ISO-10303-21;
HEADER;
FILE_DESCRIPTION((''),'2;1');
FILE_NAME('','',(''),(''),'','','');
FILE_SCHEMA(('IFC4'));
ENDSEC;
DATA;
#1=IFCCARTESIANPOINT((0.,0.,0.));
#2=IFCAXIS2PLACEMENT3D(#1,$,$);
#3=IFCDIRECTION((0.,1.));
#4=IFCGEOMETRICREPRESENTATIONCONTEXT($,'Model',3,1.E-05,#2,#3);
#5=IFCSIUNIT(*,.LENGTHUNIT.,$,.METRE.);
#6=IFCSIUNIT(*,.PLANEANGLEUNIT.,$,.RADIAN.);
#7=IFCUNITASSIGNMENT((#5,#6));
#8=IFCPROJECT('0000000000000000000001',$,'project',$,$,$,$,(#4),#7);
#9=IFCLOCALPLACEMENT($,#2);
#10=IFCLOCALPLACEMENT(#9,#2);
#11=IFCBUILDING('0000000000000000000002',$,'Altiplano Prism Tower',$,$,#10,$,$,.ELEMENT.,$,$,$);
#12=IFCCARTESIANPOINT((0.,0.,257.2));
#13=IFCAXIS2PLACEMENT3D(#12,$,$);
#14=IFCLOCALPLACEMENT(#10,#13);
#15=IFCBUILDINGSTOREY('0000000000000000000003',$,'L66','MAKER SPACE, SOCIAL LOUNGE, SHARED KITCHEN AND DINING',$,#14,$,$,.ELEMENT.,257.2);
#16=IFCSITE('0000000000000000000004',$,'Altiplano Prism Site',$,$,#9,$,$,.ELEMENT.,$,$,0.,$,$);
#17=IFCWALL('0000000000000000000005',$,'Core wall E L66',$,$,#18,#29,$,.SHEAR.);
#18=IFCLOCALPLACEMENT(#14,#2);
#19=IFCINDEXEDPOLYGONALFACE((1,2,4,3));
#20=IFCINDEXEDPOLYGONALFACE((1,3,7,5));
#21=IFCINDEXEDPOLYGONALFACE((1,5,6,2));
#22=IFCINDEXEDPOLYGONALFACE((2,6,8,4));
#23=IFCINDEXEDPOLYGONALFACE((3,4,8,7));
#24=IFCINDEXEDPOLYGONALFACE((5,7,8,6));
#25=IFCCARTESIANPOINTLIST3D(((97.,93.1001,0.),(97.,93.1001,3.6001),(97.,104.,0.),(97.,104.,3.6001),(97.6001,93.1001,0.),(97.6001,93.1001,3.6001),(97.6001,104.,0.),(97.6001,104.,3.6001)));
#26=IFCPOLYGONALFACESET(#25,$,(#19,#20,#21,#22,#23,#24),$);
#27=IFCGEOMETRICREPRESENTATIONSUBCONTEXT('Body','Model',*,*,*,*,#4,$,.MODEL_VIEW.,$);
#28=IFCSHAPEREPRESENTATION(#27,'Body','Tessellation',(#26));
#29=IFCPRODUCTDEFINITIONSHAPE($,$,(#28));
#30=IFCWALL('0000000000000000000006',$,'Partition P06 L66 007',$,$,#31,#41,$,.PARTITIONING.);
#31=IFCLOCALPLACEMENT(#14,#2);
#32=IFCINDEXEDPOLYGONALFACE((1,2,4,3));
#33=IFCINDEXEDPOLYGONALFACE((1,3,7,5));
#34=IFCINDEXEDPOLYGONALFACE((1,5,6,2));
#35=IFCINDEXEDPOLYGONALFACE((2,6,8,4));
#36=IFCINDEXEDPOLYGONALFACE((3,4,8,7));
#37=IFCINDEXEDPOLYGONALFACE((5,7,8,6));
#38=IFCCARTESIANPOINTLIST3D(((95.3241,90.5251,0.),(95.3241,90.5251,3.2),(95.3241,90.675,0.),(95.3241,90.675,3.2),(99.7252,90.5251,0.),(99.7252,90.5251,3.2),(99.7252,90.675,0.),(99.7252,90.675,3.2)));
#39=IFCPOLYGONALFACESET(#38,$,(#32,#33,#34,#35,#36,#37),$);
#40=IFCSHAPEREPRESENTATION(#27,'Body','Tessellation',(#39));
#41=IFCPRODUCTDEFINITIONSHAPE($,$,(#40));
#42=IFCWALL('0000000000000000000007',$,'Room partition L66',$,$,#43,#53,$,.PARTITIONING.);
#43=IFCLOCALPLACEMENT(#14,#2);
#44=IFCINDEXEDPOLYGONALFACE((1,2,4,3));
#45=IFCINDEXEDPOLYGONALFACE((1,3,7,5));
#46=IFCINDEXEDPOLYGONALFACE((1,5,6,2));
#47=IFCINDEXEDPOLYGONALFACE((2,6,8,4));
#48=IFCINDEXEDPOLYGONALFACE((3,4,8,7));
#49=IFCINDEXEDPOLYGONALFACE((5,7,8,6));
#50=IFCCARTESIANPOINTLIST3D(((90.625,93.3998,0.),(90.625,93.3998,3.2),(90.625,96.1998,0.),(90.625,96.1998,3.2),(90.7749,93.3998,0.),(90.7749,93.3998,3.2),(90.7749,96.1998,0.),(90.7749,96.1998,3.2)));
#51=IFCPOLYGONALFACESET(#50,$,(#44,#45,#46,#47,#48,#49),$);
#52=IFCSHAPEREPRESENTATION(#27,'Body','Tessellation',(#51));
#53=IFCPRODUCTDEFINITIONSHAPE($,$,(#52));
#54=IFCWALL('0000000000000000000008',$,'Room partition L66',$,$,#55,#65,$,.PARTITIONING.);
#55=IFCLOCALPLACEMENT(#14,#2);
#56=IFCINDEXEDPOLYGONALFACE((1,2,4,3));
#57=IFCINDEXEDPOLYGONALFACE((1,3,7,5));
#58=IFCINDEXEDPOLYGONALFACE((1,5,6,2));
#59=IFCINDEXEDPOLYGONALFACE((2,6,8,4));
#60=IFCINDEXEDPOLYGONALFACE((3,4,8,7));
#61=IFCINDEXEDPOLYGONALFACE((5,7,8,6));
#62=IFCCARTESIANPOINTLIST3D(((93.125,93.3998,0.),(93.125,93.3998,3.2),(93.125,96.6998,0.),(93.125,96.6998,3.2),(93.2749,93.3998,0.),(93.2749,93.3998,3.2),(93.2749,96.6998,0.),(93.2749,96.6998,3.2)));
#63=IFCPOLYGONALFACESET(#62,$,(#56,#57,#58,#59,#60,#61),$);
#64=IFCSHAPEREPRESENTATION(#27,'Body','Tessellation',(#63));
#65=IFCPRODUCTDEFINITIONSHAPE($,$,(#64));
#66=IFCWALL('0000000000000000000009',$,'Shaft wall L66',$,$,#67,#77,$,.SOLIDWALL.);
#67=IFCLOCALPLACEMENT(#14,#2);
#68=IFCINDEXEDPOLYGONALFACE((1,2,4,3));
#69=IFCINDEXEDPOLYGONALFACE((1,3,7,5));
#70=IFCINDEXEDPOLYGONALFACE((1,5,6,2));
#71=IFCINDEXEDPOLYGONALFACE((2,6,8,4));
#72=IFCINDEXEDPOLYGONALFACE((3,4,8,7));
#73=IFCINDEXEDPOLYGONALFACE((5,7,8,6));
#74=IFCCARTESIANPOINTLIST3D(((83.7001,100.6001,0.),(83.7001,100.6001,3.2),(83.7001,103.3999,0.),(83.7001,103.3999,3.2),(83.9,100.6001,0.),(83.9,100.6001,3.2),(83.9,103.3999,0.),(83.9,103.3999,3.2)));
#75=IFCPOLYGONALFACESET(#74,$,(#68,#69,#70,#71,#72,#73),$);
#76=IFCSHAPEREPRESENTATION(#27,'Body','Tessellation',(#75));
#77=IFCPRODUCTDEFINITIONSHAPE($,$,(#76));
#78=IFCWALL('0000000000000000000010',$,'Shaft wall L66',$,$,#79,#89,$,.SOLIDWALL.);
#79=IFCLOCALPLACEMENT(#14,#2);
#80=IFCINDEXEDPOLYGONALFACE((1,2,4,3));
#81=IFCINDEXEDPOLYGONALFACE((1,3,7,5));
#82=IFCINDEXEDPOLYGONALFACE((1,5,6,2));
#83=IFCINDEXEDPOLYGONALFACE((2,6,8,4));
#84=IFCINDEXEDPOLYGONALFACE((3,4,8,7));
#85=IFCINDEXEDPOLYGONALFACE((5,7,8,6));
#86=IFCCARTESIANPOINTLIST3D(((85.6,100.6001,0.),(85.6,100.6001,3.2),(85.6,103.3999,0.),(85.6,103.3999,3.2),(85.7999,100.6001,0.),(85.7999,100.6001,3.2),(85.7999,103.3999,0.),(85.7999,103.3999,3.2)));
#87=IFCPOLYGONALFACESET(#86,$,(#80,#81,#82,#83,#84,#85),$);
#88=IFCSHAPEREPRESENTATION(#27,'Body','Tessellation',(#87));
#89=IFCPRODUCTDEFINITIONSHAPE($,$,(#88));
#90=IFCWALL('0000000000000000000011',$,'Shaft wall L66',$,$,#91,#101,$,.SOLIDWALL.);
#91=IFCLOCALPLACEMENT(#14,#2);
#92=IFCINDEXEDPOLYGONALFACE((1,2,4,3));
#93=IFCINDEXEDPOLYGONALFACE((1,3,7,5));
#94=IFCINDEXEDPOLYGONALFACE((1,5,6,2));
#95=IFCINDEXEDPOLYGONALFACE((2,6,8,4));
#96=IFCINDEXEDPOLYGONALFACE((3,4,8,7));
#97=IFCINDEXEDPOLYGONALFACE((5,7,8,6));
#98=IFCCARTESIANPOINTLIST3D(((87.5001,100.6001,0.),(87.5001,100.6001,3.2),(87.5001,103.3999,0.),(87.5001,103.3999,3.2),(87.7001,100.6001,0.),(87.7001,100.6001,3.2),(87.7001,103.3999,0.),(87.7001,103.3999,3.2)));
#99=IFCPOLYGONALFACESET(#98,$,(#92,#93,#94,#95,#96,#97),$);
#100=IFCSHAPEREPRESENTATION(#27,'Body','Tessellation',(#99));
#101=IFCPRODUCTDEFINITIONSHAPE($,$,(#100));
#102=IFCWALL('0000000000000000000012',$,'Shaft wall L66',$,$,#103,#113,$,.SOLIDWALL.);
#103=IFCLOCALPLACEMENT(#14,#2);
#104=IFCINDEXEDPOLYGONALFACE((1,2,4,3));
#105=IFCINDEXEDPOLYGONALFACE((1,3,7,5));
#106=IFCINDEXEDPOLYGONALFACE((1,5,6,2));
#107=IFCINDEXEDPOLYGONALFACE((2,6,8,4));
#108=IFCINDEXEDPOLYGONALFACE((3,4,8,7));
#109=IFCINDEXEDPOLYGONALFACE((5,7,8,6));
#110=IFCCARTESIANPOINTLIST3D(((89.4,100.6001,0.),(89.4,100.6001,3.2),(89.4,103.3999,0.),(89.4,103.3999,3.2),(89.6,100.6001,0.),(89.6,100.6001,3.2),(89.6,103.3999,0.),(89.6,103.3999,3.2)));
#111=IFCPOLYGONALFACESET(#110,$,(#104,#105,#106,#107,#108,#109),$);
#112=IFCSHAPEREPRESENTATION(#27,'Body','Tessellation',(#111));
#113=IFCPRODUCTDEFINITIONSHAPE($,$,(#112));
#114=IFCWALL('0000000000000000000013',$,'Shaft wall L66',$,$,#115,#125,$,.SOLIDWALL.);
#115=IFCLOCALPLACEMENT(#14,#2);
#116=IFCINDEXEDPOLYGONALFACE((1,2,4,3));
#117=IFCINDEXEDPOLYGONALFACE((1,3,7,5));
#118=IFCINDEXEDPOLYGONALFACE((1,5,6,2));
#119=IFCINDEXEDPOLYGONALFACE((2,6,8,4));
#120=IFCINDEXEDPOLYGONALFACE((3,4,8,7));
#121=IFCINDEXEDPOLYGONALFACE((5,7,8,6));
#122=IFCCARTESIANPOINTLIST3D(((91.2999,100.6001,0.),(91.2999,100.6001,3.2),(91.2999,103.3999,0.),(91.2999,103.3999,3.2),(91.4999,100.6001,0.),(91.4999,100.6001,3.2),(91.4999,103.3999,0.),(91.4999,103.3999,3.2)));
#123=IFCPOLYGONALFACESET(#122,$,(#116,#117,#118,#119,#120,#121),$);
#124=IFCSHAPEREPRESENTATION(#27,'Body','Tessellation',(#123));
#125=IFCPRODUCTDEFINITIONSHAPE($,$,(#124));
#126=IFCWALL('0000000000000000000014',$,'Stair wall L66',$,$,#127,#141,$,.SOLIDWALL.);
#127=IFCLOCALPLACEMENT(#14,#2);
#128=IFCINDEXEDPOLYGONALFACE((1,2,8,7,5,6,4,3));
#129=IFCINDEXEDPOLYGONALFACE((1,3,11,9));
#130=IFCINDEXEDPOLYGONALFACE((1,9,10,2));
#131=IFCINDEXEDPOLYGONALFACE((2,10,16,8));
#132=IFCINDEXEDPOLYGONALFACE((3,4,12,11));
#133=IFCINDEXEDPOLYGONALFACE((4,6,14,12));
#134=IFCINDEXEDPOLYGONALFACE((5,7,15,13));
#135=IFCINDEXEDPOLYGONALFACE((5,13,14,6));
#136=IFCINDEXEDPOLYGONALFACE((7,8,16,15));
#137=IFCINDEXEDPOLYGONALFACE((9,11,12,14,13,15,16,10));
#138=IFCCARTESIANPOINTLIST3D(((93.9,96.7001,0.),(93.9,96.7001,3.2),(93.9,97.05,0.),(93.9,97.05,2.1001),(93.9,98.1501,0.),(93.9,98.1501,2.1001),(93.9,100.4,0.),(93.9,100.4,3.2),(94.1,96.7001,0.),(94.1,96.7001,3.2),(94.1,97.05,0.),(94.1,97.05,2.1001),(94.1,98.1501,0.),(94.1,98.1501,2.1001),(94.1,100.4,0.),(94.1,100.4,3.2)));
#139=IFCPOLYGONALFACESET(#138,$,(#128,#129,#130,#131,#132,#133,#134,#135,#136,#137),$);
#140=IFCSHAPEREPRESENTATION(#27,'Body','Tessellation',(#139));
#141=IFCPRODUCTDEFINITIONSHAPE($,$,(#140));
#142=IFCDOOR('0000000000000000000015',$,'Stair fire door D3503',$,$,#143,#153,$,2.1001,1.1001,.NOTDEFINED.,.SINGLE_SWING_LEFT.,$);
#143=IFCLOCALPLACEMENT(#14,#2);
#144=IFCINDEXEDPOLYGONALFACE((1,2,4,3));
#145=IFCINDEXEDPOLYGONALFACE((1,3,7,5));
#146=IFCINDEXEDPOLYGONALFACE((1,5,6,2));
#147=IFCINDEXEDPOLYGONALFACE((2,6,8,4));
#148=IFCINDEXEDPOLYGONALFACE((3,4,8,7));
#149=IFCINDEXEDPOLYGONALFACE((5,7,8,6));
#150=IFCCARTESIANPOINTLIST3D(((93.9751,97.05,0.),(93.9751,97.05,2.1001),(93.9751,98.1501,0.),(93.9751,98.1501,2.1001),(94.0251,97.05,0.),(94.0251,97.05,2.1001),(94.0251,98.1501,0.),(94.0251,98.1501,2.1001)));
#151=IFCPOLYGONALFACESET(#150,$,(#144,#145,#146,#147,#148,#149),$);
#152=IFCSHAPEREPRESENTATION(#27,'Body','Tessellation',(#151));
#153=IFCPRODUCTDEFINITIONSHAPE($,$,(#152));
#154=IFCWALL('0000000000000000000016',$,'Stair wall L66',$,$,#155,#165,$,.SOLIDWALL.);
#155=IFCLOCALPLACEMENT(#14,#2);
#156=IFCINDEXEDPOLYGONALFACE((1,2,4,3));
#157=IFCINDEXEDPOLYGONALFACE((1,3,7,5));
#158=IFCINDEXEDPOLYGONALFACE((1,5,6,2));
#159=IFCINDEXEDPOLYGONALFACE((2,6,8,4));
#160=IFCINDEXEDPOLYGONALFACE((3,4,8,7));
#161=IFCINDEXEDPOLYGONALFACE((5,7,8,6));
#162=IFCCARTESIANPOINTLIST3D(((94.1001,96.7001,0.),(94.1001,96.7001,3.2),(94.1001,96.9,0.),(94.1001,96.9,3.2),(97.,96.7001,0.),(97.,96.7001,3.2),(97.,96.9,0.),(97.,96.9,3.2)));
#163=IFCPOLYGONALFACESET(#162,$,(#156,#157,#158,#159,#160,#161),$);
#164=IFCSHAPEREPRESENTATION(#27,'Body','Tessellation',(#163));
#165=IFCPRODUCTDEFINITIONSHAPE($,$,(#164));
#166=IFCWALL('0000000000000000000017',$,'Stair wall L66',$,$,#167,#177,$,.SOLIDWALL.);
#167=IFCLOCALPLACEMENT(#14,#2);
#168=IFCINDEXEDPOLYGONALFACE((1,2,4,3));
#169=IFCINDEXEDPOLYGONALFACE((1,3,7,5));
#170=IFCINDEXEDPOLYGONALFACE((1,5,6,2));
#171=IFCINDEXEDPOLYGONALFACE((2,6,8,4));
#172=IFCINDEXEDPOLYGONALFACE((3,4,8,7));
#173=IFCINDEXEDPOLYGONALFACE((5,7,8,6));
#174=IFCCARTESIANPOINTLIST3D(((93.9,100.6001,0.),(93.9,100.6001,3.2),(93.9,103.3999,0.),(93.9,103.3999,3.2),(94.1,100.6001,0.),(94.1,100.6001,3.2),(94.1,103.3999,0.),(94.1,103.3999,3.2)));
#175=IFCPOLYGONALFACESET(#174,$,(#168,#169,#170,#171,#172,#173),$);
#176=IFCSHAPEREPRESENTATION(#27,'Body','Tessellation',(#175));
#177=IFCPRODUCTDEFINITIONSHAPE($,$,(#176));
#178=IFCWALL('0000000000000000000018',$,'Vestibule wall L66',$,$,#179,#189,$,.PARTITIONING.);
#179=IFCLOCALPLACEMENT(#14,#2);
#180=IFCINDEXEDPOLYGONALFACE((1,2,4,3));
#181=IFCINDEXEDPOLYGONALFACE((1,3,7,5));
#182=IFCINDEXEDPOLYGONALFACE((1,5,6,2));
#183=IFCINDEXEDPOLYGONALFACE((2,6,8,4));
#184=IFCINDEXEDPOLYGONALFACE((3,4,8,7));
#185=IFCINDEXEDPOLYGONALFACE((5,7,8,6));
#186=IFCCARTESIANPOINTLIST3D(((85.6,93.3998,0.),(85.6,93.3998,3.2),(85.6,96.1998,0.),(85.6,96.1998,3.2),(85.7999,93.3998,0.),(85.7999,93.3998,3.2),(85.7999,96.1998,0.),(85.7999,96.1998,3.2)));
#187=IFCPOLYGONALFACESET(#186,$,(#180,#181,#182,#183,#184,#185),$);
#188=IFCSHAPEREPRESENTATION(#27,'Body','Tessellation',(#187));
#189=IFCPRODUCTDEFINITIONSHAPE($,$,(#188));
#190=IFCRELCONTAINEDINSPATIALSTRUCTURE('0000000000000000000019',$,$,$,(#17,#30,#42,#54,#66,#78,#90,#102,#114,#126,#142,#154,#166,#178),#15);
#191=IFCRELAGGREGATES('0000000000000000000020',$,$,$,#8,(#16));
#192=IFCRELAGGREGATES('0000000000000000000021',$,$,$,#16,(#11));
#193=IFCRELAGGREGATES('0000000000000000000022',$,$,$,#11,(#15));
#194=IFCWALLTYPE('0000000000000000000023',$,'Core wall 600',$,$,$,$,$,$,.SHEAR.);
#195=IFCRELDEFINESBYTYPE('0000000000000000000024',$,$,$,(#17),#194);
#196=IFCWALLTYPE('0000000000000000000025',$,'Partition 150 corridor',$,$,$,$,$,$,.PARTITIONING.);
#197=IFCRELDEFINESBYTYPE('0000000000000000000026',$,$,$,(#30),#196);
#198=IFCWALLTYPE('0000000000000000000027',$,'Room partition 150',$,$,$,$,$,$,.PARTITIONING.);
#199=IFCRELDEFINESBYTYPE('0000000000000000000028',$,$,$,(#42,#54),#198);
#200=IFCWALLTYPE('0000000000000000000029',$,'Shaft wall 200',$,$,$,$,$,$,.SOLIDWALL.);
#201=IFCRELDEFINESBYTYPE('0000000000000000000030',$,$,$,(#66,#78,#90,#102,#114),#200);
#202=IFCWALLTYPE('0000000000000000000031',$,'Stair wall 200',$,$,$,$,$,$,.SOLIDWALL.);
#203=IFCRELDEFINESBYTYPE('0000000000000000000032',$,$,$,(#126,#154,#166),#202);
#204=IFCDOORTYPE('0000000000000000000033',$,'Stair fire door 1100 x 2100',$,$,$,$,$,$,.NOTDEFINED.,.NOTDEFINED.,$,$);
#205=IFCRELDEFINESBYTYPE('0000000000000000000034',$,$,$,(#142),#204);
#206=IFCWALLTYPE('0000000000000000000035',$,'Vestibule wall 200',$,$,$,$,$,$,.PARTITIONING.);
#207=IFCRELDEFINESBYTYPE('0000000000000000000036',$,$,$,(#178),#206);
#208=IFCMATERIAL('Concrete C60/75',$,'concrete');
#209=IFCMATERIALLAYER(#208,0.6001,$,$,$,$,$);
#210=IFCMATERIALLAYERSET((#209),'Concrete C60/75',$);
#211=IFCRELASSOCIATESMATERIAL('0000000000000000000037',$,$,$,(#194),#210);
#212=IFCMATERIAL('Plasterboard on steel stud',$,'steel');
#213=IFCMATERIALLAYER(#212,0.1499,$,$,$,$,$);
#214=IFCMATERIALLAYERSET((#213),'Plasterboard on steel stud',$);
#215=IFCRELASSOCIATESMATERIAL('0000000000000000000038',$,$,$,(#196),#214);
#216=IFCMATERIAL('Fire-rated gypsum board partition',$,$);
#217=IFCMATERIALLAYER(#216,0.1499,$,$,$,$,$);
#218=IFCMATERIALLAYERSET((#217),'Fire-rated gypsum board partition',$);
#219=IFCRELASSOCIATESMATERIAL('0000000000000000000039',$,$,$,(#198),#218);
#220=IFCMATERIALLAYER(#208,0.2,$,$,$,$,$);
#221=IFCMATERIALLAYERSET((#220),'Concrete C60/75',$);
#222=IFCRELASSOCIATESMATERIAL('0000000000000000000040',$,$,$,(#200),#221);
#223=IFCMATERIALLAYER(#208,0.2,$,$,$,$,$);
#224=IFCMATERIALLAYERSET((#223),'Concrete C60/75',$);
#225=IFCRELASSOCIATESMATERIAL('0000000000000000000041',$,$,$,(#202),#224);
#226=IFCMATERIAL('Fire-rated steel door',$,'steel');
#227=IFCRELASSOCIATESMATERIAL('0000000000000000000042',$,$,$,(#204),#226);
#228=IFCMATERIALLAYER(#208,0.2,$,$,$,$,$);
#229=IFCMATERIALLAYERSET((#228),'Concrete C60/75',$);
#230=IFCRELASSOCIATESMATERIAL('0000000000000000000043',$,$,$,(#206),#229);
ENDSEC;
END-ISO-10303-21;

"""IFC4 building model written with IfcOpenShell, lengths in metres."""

from ifc_helpers import new_model, si_unit, direction, frame, frame_2d, origin, place, context, subcontext, project, spatial, rectangle, extrude, material, layer, layer_set, type_object, element, fill, save


model = new_model("IFC4")

# Units and contexts
model_context = context("Model", 3, precision=1e-05, world=origin(), true_north=direction((0.0, 1.0)))
body_context = subcontext(model_context, "Body", "Model", "MODEL_VIEW")
ifc_project = project(units=[si_unit("LENGTHUNIT", "METRE"), si_unit("PLANEANGLEUNIT", "RADIAN")], contexts=[model_context])

# Site, building, storey
site_placement = place(None, origin())
site = spatial("IfcSite", under=ifc_project, at=site_placement, Name="Altiplano Prism Site", CompositionType="ELEMENT", RefElevation=0.0)
building_placement = place(site_placement, origin())
building = spatial("IfcBuilding", under=site, at=building_placement, Name="Altiplano Prism Tower", CompositionType="ELEMENT")
storey_placement = place(building_placement, frame((0.0, 0.0, 257.2)))
storey = spatial("IfcBuildingStorey", under=building, at=storey_placement, Name="L66", Description="MAKER SPACE, SOCIAL LOUNGE, SHARED KITCHEN AND DINING", CompositionType="ELEMENT", Elevation=257.2)

# Walls
ifc_material_1 = material(Name="Concrete C60/75", Category="concrete")
ifc_layer_1 = layer(ifc_material_1, 0.6001)
ifc_layer_set_1 = layer_set([ifc_layer_1], Name="Concrete C60/75")
wall_type_1 = type_object("IfcWallType", Name="Core wall 600", PredefinedType="SHEAR", material=ifc_layer_set_1)
wall_1_placement = place(storey_placement, frame((97.3, 93.1001, 0.0), z_axis=(0.0, 0.0, 1.0), x_axis=(0.0, 1.0, 0.0)))
element("IfcWall", 1, at=wall_1_placement, inside=storey, type_object=wall_type_1, Name="Core wall E L66", PredefinedType="SHEAR", context=body_context, shape_type="SweptSolid", body=[
    extrude(rectangle(XDim=10.8999, YDim=0.6001, at=frame_2d((5.45, 0.0))), origin(), (0.0, 0.0, 1.0), 3.6001),
])
ifc_material_2 = material(Name="Plasterboard on steel stud", Category="steel")
ifc_layer_2 = layer(ifc_material_2, 0.1499)
ifc_layer_set_2 = layer_set([ifc_layer_2], Name="Plasterboard on steel stud")
wall_type_2 = type_object("IfcWallType", Name="Partition 150 corridor", PredefinedType="PARTITIONING", material=ifc_layer_set_2)
wall_2_placement = place(storey_placement, frame((95.324, 90.6001, 0.0), z_axis=(0.0, 0.0, 1.0), x_axis=(1.0, 0.0, 0.0)))
element("IfcWall", 2, at=wall_2_placement, inside=storey, type_object=wall_type_2, Name="Partition P06 L66 007", PredefinedType="PARTITIONING", context=body_context, shape_type="SweptSolid", body=[
    extrude(rectangle(XDim=4.4011, YDim=0.1499, at=frame_2d((2.2007, 0.0))), origin(), (0.0, 0.0, 1.0), 3.2),
])
ifc_material_3 = material(Name="Fire-rated gypsum board partition")
ifc_layer_3 = layer(ifc_material_3, 0.1499)
ifc_layer_set_3 = layer_set([ifc_layer_3], Name="Fire-rated gypsum board partition")
wall_type_3 = type_object("IfcWallType", Name="Room partition 150", PredefinedType="PARTITIONING", material=ifc_layer_set_3)
wall_3_placement = place(storey_placement, frame((90.7, 93.3999, 0.0), z_axis=(0.0, 0.0, 1.0), x_axis=(0.0, 1.0, 0.0)))
element("IfcWall", 3, at=wall_3_placement, inside=storey, type_object=wall_type_3, Name="Room partition L66", PredefinedType="PARTITIONING", context=body_context, shape_type="SweptSolid", body=[
    extrude(rectangle(XDim=2.8, YDim=0.1499, at=frame_2d((1.3999, 0.0))), origin(), (0.0, 0.0, 1.0), 3.2),
])
wall_4_placement = place(storey_placement, frame((93.2, 93.3999, 0.0), z_axis=(0.0, 0.0, 1.0), x_axis=(0.0, 1.0, 0.0)))
element("IfcWall", 4, at=wall_4_placement, inside=storey, type_object=wall_type_3, Name="Room partition L66", PredefinedType="PARTITIONING", context=body_context, shape_type="SweptSolid", body=[
    extrude(rectangle(XDim=3.3, YDim=0.1499, at=frame_2d((1.6499, 0.0))), origin(), (0.0, 0.0, 1.0), 3.2),
])
ifc_layer_4 = layer(ifc_material_1, 0.2)
ifc_layer_set_4 = layer_set([ifc_layer_4], Name="Concrete C60/75")
wall_type_4 = type_object("IfcWallType", Name="Shaft wall 200", PredefinedType="SOLIDWALL", material=ifc_layer_set_4)
for number, where, z_axis, x_axis, name in (
    (5, (83.8, 100.6001, 0.0), (0.0, 0.0, 1.0), (0.0, 1.0, 0.0), "Shaft wall L66"),
    (6, (85.7, 100.6001, 0.0), (0.0, 0.0, 1.0), (0.0, 1.0, 0.0), "Shaft wall L66"),
    (7, (87.6001, 100.6001, 0.0), (0.0, 0.0, 1.0), (0.0, 1.0, 0.0), "Shaft wall L66"),
    (8, (89.5, 100.6001, 0.0), (0.0, 0.0, 1.0), (0.0, 1.0, 0.0), "Shaft wall L66"),
    (9, (91.3999, 100.6001, 0.0), (0.0, 0.0, 1.0), (0.0, 1.0, 0.0), "Shaft wall L66"),
):
    element("IfcWall", number, at=place(storey_placement, frame(where, z_axis=z_axis, x_axis=x_axis)), inside=storey, type_object=wall_type_4, Name=name, PredefinedType="SOLIDWALL", context=body_context, shape_type="SweptSolid", body=[
        extrude(rectangle(XDim=2.7998, YDim=0.2, at=frame_2d((1.3999, 0.0))), origin(), (0.0, 0.0, 1.0), 3.2),
    ])

# Wall, opening, door
ifc_layer_5 = layer(ifc_material_1, 0.2)
ifc_layer_set_5 = layer_set([ifc_layer_5], Name="Concrete C60/75")
wall_type_5 = type_object("IfcWallType", Name="Stair wall 200", PredefinedType="SOLIDWALL", material=ifc_layer_set_5)
wall_5_placement = place(storey_placement, frame((94.0, 96.7, 0.0), z_axis=(0.0, 0.0, 1.0), x_axis=(0.0, 1.0, 0.0)))
wall_5 = element("IfcWall", 10, at=wall_5_placement, inside=storey, type_object=wall_type_5, Name="Stair wall L66", PredefinedType="SOLIDWALL", context=body_context, shape_type="SweptSolid", body=[
    extrude(rectangle(XDim=3.7, YDim=0.2, at=frame_2d((1.8501, 0.0))), origin(), (0.0, 0.0, 1.0), 3.2),
])
opening_1_placement = place(wall_5_placement, frame((0.3501, 0.0, 0.0)))
opening_1 = element("IfcOpeningElement", 11, at=opening_1_placement, cuts=wall_5, PredefinedType="OPENING", context=body_context, shape_type="SweptSolid", body=[
    extrude(rectangle(XDim=1.1001, YDim=2.1001, at=frame_2d((0.55, 1.05))), frame((0.0, 0.1104, 0.0), z_axis=(0.0, -1.0, 0.0), x_axis=(1.0, 0.0, 0.0)), (0.0, 0.0, 1.0), 0.2209),
])
ifc_material_4 = material(Name="Fire-rated steel door", Category="steel")
door_type_1 = type_object("IfcDoorType", Name="Stair fire door 1100 x 2100", OperationType="NOTDEFINED", PredefinedType="NOTDEFINED", material=ifc_material_4)
door_1_placement = place(opening_1_placement, origin())
door_1 = element("IfcDoor", 12, at=door_1_placement, inside=storey, type_object=door_type_1, Name="Stair fire door D3503", OperationType="SINGLE_SWING_LEFT", OverallHeight=2.1001, OverallWidth=1.1001, PredefinedType="NOTDEFINED", context=body_context, shape_type="SweptSolid", body=[
    extrude(rectangle(XDim=1.1001, YDim=2.1001, at=frame_2d((0.55, 1.05))), frame((0.0, 0.0249, 0.0), z_axis=(0.0, -1.0, 0.0), x_axis=(1.0, 0.0, 0.0)), (0.0, 0.0, 1.0), 0.05),
])
fill(opening_1, door_1)

# Walls
wall_6_placement = place(storey_placement, frame((94.1001, 96.8, 0.0), z_axis=(0.0, 0.0, 1.0), x_axis=(1.0, 0.0, 0.0)))
element("IfcWall", 13, at=wall_6_placement, inside=storey, type_object=wall_type_5, Name="Stair wall L66", PredefinedType="SOLIDWALL", context=body_context, shape_type="SweptSolid", body=[
    extrude(rectangle(XDim=2.8999, YDim=0.2, at=frame_2d((1.45, 0.0))), origin(), (0.0, 0.0, 1.0), 3.2),
])
wall_7_placement = place(storey_placement, frame((94.0, 100.6001, 0.0), z_axis=(0.0, 0.0, 1.0), x_axis=(0.0, 1.0, 0.0)))
element("IfcWall", 14, at=wall_7_placement, inside=storey, type_object=wall_type_5, Name="Stair wall L66", PredefinedType="SOLIDWALL", context=body_context, shape_type="SweptSolid", body=[
    extrude(rectangle(XDim=2.7998, YDim=0.2, at=frame_2d((1.3999, 0.0))), origin(), (0.0, 0.0, 1.0), 3.2),
])
ifc_layer_6 = layer(ifc_material_1, 0.2)
ifc_layer_set_6 = layer_set([ifc_layer_6], Name="Concrete C60/75")
wall_type_6 = type_object("IfcWallType", Name="Vestibule wall 200", PredefinedType="PARTITIONING", material=ifc_layer_set_6)
wall_8_placement = place(storey_placement, frame((85.7, 93.3999, 0.0), z_axis=(0.0, 0.0, 1.0), x_axis=(0.0, 1.0, 0.0)))
element("IfcWall", 15, at=wall_8_placement, inside=storey, type_object=wall_type_6, Name="Vestibule wall L66", PredefinedType="PARTITIONING", context=body_context, shape_type="SweptSolid", body=[
    extrude(rectangle(XDim=2.8, YDim=0.2, at=frame_2d((1.3999, 0.0))), origin(), (0.0, 0.0, 1.0), 3.2),
])

save(model, "model.ifc")
